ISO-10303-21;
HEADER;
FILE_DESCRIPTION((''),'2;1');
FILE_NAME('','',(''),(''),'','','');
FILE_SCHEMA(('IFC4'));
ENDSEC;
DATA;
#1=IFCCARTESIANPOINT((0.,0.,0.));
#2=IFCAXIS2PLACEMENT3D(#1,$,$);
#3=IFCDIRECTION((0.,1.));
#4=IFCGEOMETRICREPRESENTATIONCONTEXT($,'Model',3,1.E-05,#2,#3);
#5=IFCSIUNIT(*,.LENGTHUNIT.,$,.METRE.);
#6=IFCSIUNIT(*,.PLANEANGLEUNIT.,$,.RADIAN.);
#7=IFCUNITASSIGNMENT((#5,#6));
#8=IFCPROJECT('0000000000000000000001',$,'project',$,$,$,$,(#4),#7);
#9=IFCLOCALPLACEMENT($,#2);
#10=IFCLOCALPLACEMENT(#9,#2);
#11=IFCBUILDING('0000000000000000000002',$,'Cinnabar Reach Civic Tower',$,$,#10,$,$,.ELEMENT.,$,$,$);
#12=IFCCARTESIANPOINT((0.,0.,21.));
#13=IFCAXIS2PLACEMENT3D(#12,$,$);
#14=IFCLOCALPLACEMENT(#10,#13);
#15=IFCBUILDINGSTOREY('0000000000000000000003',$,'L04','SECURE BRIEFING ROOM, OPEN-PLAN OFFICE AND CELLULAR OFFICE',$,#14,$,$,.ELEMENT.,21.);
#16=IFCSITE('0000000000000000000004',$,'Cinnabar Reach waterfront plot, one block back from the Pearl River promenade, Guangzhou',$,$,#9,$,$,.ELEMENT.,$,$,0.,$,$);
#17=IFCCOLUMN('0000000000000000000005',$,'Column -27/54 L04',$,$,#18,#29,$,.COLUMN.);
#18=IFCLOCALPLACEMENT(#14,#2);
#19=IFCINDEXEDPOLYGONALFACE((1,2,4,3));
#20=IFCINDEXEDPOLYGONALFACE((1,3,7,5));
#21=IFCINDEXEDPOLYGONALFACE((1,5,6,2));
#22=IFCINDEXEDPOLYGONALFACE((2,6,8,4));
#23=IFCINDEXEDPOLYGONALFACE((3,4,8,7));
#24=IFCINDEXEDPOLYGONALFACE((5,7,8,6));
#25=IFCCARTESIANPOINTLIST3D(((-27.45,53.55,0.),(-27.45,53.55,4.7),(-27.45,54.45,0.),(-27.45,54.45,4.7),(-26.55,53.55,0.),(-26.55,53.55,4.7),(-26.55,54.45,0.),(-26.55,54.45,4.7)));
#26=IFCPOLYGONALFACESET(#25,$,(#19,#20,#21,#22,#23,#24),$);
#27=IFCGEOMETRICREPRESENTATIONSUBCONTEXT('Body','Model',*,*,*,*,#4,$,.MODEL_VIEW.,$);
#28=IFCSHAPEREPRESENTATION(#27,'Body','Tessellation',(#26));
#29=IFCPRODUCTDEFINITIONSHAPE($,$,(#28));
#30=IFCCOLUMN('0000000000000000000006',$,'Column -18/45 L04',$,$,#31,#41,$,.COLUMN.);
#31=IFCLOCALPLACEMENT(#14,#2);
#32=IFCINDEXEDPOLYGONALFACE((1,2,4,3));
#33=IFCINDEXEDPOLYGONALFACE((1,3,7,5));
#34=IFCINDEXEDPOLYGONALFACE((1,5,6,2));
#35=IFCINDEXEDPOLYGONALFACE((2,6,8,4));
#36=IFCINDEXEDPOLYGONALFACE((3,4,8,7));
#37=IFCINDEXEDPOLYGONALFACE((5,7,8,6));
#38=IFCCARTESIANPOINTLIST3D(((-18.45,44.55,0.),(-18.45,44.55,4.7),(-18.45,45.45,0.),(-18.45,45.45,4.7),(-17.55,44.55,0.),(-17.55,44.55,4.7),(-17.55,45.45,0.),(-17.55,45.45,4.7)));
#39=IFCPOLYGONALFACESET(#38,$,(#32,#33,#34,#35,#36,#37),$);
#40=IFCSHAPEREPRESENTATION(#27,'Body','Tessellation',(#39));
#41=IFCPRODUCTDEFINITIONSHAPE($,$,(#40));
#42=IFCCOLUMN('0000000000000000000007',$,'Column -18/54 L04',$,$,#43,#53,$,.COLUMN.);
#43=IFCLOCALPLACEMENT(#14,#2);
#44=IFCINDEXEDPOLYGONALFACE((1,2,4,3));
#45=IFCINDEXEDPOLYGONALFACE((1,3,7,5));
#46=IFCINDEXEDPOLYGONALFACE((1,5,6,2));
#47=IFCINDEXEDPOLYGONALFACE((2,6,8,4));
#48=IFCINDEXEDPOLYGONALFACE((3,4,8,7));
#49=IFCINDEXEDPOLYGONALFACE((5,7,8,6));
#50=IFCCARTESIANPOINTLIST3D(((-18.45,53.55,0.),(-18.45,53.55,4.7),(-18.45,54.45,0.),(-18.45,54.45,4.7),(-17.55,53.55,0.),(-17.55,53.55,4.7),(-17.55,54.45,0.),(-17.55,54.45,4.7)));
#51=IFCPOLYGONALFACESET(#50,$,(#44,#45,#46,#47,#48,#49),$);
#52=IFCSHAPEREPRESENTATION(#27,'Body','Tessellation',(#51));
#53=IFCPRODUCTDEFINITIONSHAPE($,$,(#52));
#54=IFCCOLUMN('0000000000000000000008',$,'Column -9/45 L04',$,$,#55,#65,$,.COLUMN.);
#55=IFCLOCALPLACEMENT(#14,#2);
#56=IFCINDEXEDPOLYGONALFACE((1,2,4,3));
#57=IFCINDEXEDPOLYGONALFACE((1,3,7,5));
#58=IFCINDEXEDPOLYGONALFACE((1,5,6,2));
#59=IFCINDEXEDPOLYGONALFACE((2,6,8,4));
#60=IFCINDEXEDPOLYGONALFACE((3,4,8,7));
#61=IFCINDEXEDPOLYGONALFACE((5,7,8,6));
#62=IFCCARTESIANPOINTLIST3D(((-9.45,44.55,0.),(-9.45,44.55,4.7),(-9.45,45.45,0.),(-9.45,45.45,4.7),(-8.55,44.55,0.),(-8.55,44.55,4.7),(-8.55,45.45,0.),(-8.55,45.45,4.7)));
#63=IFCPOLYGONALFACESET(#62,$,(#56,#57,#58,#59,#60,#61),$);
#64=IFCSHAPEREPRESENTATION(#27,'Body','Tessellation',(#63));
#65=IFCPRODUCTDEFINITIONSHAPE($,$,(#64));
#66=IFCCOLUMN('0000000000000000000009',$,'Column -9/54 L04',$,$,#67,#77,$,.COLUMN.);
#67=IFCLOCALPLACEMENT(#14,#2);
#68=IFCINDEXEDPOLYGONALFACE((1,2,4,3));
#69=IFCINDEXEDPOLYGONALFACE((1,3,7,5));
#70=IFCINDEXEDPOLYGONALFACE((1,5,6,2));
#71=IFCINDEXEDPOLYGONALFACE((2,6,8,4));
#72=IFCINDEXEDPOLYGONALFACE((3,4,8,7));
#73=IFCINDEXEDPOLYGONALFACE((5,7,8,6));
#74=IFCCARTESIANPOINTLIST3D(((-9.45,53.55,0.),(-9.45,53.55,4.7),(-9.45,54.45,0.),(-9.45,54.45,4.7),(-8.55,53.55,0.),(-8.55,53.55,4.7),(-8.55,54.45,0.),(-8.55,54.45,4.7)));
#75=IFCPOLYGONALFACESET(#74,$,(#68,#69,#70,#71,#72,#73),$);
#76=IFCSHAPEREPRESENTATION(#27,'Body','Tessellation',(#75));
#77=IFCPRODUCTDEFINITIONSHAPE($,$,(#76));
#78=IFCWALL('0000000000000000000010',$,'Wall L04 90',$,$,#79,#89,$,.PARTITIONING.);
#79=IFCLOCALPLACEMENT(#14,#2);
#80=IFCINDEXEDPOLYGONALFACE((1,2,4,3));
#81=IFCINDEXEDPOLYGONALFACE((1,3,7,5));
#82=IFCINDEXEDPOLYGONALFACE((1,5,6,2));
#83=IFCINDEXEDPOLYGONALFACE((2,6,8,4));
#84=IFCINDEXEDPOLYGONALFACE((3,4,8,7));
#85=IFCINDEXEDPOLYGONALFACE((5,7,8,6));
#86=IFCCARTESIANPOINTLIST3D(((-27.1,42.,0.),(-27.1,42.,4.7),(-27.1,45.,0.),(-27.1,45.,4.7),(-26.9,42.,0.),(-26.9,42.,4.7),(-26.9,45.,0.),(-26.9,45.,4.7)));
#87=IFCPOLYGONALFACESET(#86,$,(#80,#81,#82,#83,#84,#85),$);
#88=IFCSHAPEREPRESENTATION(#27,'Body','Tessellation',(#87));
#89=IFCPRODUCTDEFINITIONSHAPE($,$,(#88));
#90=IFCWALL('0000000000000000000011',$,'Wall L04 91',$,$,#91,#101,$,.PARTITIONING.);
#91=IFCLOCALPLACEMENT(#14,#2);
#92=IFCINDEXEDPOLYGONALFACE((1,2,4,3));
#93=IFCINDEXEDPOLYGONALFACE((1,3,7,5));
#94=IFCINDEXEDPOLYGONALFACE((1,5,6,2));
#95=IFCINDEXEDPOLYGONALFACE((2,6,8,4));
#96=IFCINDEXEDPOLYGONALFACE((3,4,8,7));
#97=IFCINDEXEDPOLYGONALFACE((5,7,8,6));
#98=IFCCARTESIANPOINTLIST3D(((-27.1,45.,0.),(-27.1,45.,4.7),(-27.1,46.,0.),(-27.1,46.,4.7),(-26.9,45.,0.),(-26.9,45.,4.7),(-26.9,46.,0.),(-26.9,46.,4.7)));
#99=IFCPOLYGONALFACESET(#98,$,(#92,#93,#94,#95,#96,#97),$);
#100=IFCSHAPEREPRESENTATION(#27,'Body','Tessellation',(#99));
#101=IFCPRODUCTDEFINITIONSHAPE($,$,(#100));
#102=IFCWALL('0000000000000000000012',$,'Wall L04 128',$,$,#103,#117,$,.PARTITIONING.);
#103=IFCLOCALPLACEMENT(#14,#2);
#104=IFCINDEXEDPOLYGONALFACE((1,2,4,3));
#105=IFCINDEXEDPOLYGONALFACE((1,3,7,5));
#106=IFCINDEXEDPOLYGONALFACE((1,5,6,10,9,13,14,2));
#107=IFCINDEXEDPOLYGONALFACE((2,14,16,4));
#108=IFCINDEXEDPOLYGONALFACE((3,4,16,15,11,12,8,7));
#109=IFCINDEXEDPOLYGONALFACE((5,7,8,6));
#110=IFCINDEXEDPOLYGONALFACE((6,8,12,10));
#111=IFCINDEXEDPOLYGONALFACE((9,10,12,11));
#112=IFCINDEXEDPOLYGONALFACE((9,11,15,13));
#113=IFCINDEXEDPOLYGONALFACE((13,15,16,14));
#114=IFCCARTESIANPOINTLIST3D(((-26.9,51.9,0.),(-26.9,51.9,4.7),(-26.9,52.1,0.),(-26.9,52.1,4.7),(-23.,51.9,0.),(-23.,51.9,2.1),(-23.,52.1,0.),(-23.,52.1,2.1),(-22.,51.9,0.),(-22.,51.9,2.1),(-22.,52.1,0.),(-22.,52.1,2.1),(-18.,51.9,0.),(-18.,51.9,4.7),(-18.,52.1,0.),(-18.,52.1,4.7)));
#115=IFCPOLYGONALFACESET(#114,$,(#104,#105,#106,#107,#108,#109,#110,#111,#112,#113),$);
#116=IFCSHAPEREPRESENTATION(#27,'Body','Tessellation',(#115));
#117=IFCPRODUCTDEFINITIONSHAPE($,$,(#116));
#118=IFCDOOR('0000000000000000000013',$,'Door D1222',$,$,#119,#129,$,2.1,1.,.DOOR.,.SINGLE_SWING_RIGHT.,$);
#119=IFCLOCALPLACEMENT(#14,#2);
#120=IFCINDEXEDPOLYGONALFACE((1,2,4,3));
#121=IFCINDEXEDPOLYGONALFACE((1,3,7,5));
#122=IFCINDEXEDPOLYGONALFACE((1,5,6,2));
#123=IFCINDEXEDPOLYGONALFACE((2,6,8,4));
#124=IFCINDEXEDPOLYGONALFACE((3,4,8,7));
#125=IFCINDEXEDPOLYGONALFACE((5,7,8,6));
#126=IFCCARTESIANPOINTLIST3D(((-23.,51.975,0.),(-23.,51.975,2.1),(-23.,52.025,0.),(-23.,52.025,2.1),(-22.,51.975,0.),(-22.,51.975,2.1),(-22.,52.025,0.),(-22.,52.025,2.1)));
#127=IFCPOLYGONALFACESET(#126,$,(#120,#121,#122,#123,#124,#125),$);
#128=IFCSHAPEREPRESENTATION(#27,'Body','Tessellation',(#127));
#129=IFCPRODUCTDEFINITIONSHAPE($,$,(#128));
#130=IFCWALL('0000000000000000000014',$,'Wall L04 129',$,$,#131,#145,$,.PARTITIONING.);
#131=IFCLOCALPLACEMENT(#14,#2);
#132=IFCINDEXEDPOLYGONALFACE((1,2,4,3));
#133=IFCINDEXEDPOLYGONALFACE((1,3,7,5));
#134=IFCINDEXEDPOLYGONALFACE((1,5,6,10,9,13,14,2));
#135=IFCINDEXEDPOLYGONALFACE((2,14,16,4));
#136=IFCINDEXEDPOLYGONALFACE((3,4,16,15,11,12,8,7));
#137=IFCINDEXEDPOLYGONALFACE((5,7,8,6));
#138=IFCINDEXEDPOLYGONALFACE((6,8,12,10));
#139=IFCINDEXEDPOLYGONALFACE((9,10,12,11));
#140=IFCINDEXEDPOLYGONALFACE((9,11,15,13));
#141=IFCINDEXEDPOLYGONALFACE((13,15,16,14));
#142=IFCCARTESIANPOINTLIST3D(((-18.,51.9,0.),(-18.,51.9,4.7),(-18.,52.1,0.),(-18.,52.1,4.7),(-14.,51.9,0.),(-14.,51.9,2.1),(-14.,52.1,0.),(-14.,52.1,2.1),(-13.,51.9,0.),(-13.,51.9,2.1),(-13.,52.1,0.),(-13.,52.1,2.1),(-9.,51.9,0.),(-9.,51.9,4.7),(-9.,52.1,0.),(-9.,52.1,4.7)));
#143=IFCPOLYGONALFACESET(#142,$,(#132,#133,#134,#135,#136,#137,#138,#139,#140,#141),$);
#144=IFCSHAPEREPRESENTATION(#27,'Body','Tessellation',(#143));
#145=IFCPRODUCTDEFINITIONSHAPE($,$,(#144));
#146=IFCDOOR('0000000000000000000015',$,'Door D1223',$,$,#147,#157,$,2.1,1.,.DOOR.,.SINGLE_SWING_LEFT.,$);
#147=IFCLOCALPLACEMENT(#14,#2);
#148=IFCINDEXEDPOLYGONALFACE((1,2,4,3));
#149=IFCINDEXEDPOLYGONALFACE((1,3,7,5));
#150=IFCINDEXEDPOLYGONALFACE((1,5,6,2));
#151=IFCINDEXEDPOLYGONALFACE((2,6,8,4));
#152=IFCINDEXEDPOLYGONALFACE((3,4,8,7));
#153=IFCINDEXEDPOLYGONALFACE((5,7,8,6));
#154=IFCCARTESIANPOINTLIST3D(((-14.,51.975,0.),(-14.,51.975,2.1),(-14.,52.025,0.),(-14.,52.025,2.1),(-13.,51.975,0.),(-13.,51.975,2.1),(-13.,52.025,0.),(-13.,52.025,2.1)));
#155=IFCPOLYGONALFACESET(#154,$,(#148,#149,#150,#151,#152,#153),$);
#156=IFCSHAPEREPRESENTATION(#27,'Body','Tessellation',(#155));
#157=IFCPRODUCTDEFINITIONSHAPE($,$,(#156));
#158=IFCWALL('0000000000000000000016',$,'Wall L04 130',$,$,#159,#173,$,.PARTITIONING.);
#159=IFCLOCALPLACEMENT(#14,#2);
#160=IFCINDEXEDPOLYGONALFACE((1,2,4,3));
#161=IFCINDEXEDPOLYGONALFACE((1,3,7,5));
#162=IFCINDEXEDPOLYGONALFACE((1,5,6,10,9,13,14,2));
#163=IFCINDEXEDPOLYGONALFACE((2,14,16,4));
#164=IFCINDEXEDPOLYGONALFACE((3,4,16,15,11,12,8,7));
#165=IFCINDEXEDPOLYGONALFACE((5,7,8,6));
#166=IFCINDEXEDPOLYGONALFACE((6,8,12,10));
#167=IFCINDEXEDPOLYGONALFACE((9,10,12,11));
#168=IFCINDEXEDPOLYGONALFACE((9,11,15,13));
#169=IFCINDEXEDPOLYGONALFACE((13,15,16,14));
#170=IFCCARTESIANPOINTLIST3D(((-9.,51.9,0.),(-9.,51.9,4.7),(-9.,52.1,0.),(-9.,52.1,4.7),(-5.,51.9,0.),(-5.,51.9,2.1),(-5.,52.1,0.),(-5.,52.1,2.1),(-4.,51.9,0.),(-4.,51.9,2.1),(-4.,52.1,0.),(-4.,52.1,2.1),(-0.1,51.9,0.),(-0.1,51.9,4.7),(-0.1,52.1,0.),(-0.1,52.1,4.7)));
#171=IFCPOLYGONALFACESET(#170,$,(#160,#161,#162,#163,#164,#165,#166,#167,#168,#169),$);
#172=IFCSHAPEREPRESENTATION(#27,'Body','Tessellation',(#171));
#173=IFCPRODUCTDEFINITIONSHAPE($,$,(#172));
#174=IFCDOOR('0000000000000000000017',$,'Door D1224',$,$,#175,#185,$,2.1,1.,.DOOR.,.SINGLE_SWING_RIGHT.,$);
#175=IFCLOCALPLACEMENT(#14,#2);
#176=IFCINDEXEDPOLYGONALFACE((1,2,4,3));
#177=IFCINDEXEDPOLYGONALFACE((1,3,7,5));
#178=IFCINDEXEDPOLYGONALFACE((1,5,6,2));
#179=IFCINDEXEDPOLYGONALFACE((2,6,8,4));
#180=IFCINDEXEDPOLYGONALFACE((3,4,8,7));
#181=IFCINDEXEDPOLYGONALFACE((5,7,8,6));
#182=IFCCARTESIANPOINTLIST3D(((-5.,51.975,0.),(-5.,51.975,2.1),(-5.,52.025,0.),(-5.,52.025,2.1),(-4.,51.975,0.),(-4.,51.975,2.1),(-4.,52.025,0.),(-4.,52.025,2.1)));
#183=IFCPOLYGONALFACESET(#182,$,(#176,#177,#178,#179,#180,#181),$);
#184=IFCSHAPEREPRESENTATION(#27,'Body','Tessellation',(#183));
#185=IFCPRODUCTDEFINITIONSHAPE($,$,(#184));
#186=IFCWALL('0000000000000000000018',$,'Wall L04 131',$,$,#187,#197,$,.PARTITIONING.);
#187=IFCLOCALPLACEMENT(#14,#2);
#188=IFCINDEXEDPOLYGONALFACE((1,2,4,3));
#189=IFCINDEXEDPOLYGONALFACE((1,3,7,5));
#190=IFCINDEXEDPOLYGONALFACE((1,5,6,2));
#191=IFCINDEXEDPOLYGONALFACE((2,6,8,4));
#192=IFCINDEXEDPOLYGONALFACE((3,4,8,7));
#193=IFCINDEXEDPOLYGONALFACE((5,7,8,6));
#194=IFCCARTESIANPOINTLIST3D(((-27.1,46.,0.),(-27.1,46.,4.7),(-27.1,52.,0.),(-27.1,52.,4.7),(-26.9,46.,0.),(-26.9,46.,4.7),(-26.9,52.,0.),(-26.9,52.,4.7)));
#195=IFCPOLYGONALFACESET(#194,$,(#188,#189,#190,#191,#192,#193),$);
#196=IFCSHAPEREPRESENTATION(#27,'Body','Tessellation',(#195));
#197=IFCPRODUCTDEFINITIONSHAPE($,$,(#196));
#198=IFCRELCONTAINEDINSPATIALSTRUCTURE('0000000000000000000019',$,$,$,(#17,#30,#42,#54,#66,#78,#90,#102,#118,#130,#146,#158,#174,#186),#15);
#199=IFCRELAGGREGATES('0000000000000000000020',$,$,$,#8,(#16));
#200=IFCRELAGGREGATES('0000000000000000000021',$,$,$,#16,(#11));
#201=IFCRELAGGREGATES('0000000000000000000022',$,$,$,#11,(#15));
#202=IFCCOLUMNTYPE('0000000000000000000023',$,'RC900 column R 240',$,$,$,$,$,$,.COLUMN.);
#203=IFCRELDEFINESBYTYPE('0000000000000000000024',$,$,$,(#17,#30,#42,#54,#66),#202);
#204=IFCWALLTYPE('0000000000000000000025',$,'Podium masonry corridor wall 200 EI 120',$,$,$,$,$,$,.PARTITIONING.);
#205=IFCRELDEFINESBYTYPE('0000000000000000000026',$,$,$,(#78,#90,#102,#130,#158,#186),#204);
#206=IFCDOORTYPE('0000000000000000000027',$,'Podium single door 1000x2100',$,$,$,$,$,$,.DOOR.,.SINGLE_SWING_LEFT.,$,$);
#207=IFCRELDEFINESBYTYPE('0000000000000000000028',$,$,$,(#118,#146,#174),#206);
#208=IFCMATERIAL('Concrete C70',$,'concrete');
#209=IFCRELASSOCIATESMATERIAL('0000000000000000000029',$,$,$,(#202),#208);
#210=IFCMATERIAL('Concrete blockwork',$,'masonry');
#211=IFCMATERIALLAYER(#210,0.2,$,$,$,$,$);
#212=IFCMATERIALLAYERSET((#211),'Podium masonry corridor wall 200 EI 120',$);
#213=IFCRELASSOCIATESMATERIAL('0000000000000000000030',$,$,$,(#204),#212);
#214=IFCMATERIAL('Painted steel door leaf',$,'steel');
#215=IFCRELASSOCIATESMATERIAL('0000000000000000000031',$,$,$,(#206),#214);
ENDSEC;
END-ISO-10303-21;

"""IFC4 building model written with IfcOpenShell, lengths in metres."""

from ifc_helpers import new_model, si_unit, direction, frame, frame_2d, origin, origin_2d, place, context, subcontext, project, spatial, rectangle, extrude, material, layer, layer_set, material_profile, profile_set, type_object, element, fill, save


model = new_model("IFC4")

# Units and contexts
model_context = context("Model", 3, precision=1e-05, world=origin(), true_north=direction((0.0, 1.0)))
body_context = subcontext(model_context, "Body", "Model", "MODEL_VIEW")
ifc_project = project(units=[si_unit("LENGTHUNIT", "METRE"), si_unit("PLANEANGLEUNIT", "RADIAN")], contexts=[model_context])

# Site, building, storey
site_placement = place(None, origin())
site = spatial("IfcSite", under=ifc_project, at=site_placement, Name="Cinnabar Reach waterfront plot, one block back from the Pearl River promenade, Guangzhou", CompositionType="ELEMENT", RefElevation=0.0)
building_placement = place(site_placement, origin())
building = spatial("IfcBuilding", under=site, at=building_placement, Name="Cinnabar Reach Civic Tower", CompositionType="ELEMENT")
storey_placement = place(building_placement, frame((0.0, 0.0, 21.0)))
storey = spatial("IfcBuildingStorey", under=building, at=storey_placement, Name="L04", Description="SECURE BRIEFING ROOM, OPEN-PLAN OFFICE AND CELLULAR OFFICE", CompositionType="ELEMENT", Elevation=21.0)

# Columns
ifc_material_1 = material(Name="Concrete C70", Category="concrete")
ifc_material_profile = material_profile(ifc_material_1, rectangle(XDim=0.9, YDim=0.9, at=origin_2d()), Name="RC900")
ifc_profile_set = profile_set([ifc_material_profile], Name="Concrete C70")
column_type = type_object("IfcColumnType", Name="RC900 column R 240", PredefinedType="COLUMN", material=ifc_profile_set)
for number, where, z_axis, x_axis, name in (
    (1, (-27.0, 54.0, 0.0), (0.0, 0.0, 1.0), (1.0, 0.0, 0.0), "Column -27/54 L04"),
    (2, (-18.0, 45.0, 0.0), (0.0, 0.0, 1.0), (1.0, 0.0, 0.0), "Column -18/45 L04"),
    (3, (-18.0, 54.0, 0.0), (0.0, 0.0, 1.0), (1.0, 0.0, 0.0), "Column -18/54 L04"),
    (4, (-9.0, 45.0, 0.0), (0.0, 0.0, 1.0), (1.0, 0.0, 0.0), "Column -9/45 L04"),
    (5, (-9.0, 54.0, 0.0), (0.0, 0.0, 1.0), (1.0, 0.0, 0.0), "Column -9/54 L04"),
):
    element("IfcColumn", number, at=place(storey_placement, frame(where, z_axis=z_axis, x_axis=x_axis)), inside=storey, type_object=column_type, Name=name, PredefinedType="COLUMN", context=body_context, shape_type="SweptSolid", body=[
        extrude(rectangle(XDim=0.9, YDim=0.9, at=origin_2d()), origin(), (0.0, 0.0, 1.0), 4.7),
    ])

# Walls
ifc_material_2 = material(Name="Concrete blockwork", Category="masonry")
ifc_layer = layer(ifc_material_2, 0.2)
ifc_layer_set = layer_set([ifc_layer], Name="Podium masonry corridor wall 200 EI 120")
wall_type = type_object("IfcWallType", Name="Podium masonry corridor wall 200 EI 120", PredefinedType="PARTITIONING", material=ifc_layer_set)
wall_1_placement = place(storey_placement, frame((-27.0, 42.0, 0.0), z_axis=(0.0, 0.0, 1.0), x_axis=(0.0, 1.0, 0.0)))
element("IfcWall", 6, at=wall_1_placement, inside=storey, type_object=wall_type, Name="Wall L04 90", PredefinedType="PARTITIONING", context=body_context, shape_type="SweptSolid", body=[
    extrude(rectangle(XDim=3.0, YDim=0.2, at=frame_2d((1.5, 0.0))), origin(), (0.0, 0.0, 1.0), 4.7),
])
wall_2_placement = place(storey_placement, frame((-27.0, 45.0, 0.0), z_axis=(0.0, 0.0, 1.0), x_axis=(0.0, 1.0, 0.0)))
element("IfcWall", 7, at=wall_2_placement, inside=storey, type_object=wall_type, Name="Wall L04 91", PredefinedType="PARTITIONING", context=body_context, shape_type="SweptSolid", body=[
    extrude(rectangle(XDim=1.0, YDim=0.2, at=frame_2d((0.5, 0.0))), origin(), (0.0, 0.0, 1.0), 4.7),
])

# Walls, openings, doors
wall_3_placement = place(storey_placement, frame((-26.9, 52.0, 0.0), z_axis=(0.0, 0.0, 1.0), x_axis=(1.0, 0.0, 0.0)))
wall_3 = element("IfcWall", 8, at=wall_3_placement, inside=storey, type_object=wall_type, Name="Wall L04 128", PredefinedType="PARTITIONING", context=body_context, shape_type="SweptSolid", body=[
    extrude(rectangle(XDim=8.9, YDim=0.2, at=frame_2d((4.45, 0.0))), origin(), (0.0, 0.0, 1.0), 4.7),
])
opening_1_placement = place(wall_3_placement, frame((3.9, 0.0, 0.0)))
opening_1 = element("IfcOpeningElement", 9, at=opening_1_placement, cuts=wall_3, PredefinedType="OPENING", context=body_context, shape_type="SweptSolid", body=[
    extrude(rectangle(XDim=1.0, YDim=2.1, at=frame_2d((0.5, 1.05))), frame((0.0, 0.11, 0.0), z_axis=(0.0, -1.0, 0.0), x_axis=(1.0, 0.0, 0.0)), (0.0, 0.0, 1.0), 0.22),
])
ifc_material_3 = material(Name="Painted steel door leaf", Category="steel")
door_type = type_object("IfcDoorType", Name="Podium single door 1000x2100", OperationType="SINGLE_SWING_LEFT", PredefinedType="DOOR", material=ifc_material_3)
door_1_placement = place(opening_1_placement, origin())
door_1 = element("IfcDoor", 10, at=door_1_placement, inside=storey, type_object=door_type, Name="Door D1222", OperationType="SINGLE_SWING_RIGHT", OverallHeight=2.1, OverallWidth=1.0, PredefinedType="DOOR", context=body_context, shape_type="SweptSolid", body=[
    extrude(rectangle(XDim=1.0, YDim=2.1, at=frame_2d((0.5, 1.05))), frame((0.0, 0.025, 0.0), z_axis=(0.0, -1.0, 0.0), x_axis=(1.0, 0.0, 0.0)), (0.0, 0.0, 1.0), 0.05),
])
fill(opening_1, door_1)
wall_4_placement = place(storey_placement, frame((-18.0, 52.0, 0.0), z_axis=(0.0, 0.0, 1.0), x_axis=(1.0, 0.0, 0.0)))
wall_4 = element("IfcWall", 11, at=wall_4_placement, inside=storey, type_object=wall_type, Name="Wall L04 129", PredefinedType="PARTITIONING", context=body_context, shape_type="SweptSolid", body=[
    extrude(rectangle(XDim=9.0, YDim=0.2, at=frame_2d((4.5, 0.0))), origin(), (0.0, 0.0, 1.0), 4.7),
])
opening_2_placement = place(wall_4_placement, frame((4.0, 0.0, 0.0)))
opening_2 = element("IfcOpeningElement", 12, at=opening_2_placement, cuts=wall_4, PredefinedType="OPENING", context=body_context, shape_type="SweptSolid", body=[
    extrude(rectangle(XDim=1.0, YDim=2.1, at=frame_2d((0.5, 1.05))), frame((0.0, 0.11, 0.0), z_axis=(0.0, -1.0, 0.0), x_axis=(1.0, 0.0, 0.0)), (0.0, 0.0, 1.0), 0.22),
])
door_2_placement = place(opening_2_placement, origin())
door_2 = element("IfcDoor", 13, at=door_2_placement, inside=storey, type_object=door_type, Name="Door D1223", OperationType="SINGLE_SWING_LEFT", OverallHeight=2.1, OverallWidth=1.0, PredefinedType="DOOR", context=body_context, shape_type="SweptSolid", body=[
    extrude(rectangle(XDim=1.0, YDim=2.1, at=frame_2d((0.5, 1.05))), frame((0.0, 0.025, 0.0), z_axis=(0.0, -1.0, 0.0), x_axis=(1.0, 0.0, 0.0)), (0.0, 0.0, 1.0), 0.05),
])
fill(opening_2, door_2)
wall_5_placement = place(storey_placement, frame((-9.0, 52.0, 0.0), z_axis=(0.0, 0.0, 1.0), x_axis=(1.0, 0.0, 0.0)))
wall_5 = element("IfcWall", 14, at=wall_5_placement, inside=storey, type_object=wall_type, Name="Wall L04 130", PredefinedType="PARTITIONING", context=body_context, shape_type="SweptSolid", body=[
    extrude(rectangle(XDim=8.9, YDim=0.2, at=frame_2d((4.45, 0.0))), origin(), (0.0, 0.0, 1.0), 4.7),
])
opening_3_placement = place(wall_5_placement, frame((4.0, 0.0, 0.0)))
opening_3 = element("IfcOpeningElement", 15, at=opening_3_placement, cuts=wall_5, PredefinedType="OPENING", context=body_context, shape_type="SweptSolid", body=[
    extrude(rectangle(XDim=1.0, YDim=2.1, at=frame_2d((0.5, 1.05))), frame((0.0, 0.11, 0.0), z_axis=(0.0, -1.0, 0.0), x_axis=(1.0, 0.0, 0.0)), (0.0, 0.0, 1.0), 0.22),
])
door_3_placement = place(opening_3_placement, origin())
door_3 = element("IfcDoor", 16, at=door_3_placement, inside=storey, type_object=door_type, Name="Door D1224", OperationType="SINGLE_SWING_RIGHT", OverallHeight=2.1, OverallWidth=1.0, PredefinedType="DOOR", context=body_context, shape_type="SweptSolid", body=[
    extrude(rectangle(XDim=1.0, YDim=2.1, at=frame_2d((0.5, 1.05))), frame((0.0, 0.025, 0.0), z_axis=(0.0, -1.0, 0.0), x_axis=(1.0, 0.0, 0.0)), (0.0, 0.0, 1.0), 0.05),
])
fill(opening_3, door_3)

# Wall
wall_6_placement = place(storey_placement, frame((-27.0, 46.0, 0.0), z_axis=(0.0, 0.0, 1.0), x_axis=(0.0, 1.0, 0.0)))
element("IfcWall", 17, at=wall_6_placement, inside=storey, type_object=wall_type, Name="Wall L04 131", PredefinedType="PARTITIONING", context=body_context, shape_type="SweptSolid", body=[
    extrude(rectangle(XDim=6.0, YDim=0.2, at=frame_2d((3.0, 0.0))), origin(), (0.0, 0.0, 1.0), 4.7),
])

save(model, "model.ifc")
